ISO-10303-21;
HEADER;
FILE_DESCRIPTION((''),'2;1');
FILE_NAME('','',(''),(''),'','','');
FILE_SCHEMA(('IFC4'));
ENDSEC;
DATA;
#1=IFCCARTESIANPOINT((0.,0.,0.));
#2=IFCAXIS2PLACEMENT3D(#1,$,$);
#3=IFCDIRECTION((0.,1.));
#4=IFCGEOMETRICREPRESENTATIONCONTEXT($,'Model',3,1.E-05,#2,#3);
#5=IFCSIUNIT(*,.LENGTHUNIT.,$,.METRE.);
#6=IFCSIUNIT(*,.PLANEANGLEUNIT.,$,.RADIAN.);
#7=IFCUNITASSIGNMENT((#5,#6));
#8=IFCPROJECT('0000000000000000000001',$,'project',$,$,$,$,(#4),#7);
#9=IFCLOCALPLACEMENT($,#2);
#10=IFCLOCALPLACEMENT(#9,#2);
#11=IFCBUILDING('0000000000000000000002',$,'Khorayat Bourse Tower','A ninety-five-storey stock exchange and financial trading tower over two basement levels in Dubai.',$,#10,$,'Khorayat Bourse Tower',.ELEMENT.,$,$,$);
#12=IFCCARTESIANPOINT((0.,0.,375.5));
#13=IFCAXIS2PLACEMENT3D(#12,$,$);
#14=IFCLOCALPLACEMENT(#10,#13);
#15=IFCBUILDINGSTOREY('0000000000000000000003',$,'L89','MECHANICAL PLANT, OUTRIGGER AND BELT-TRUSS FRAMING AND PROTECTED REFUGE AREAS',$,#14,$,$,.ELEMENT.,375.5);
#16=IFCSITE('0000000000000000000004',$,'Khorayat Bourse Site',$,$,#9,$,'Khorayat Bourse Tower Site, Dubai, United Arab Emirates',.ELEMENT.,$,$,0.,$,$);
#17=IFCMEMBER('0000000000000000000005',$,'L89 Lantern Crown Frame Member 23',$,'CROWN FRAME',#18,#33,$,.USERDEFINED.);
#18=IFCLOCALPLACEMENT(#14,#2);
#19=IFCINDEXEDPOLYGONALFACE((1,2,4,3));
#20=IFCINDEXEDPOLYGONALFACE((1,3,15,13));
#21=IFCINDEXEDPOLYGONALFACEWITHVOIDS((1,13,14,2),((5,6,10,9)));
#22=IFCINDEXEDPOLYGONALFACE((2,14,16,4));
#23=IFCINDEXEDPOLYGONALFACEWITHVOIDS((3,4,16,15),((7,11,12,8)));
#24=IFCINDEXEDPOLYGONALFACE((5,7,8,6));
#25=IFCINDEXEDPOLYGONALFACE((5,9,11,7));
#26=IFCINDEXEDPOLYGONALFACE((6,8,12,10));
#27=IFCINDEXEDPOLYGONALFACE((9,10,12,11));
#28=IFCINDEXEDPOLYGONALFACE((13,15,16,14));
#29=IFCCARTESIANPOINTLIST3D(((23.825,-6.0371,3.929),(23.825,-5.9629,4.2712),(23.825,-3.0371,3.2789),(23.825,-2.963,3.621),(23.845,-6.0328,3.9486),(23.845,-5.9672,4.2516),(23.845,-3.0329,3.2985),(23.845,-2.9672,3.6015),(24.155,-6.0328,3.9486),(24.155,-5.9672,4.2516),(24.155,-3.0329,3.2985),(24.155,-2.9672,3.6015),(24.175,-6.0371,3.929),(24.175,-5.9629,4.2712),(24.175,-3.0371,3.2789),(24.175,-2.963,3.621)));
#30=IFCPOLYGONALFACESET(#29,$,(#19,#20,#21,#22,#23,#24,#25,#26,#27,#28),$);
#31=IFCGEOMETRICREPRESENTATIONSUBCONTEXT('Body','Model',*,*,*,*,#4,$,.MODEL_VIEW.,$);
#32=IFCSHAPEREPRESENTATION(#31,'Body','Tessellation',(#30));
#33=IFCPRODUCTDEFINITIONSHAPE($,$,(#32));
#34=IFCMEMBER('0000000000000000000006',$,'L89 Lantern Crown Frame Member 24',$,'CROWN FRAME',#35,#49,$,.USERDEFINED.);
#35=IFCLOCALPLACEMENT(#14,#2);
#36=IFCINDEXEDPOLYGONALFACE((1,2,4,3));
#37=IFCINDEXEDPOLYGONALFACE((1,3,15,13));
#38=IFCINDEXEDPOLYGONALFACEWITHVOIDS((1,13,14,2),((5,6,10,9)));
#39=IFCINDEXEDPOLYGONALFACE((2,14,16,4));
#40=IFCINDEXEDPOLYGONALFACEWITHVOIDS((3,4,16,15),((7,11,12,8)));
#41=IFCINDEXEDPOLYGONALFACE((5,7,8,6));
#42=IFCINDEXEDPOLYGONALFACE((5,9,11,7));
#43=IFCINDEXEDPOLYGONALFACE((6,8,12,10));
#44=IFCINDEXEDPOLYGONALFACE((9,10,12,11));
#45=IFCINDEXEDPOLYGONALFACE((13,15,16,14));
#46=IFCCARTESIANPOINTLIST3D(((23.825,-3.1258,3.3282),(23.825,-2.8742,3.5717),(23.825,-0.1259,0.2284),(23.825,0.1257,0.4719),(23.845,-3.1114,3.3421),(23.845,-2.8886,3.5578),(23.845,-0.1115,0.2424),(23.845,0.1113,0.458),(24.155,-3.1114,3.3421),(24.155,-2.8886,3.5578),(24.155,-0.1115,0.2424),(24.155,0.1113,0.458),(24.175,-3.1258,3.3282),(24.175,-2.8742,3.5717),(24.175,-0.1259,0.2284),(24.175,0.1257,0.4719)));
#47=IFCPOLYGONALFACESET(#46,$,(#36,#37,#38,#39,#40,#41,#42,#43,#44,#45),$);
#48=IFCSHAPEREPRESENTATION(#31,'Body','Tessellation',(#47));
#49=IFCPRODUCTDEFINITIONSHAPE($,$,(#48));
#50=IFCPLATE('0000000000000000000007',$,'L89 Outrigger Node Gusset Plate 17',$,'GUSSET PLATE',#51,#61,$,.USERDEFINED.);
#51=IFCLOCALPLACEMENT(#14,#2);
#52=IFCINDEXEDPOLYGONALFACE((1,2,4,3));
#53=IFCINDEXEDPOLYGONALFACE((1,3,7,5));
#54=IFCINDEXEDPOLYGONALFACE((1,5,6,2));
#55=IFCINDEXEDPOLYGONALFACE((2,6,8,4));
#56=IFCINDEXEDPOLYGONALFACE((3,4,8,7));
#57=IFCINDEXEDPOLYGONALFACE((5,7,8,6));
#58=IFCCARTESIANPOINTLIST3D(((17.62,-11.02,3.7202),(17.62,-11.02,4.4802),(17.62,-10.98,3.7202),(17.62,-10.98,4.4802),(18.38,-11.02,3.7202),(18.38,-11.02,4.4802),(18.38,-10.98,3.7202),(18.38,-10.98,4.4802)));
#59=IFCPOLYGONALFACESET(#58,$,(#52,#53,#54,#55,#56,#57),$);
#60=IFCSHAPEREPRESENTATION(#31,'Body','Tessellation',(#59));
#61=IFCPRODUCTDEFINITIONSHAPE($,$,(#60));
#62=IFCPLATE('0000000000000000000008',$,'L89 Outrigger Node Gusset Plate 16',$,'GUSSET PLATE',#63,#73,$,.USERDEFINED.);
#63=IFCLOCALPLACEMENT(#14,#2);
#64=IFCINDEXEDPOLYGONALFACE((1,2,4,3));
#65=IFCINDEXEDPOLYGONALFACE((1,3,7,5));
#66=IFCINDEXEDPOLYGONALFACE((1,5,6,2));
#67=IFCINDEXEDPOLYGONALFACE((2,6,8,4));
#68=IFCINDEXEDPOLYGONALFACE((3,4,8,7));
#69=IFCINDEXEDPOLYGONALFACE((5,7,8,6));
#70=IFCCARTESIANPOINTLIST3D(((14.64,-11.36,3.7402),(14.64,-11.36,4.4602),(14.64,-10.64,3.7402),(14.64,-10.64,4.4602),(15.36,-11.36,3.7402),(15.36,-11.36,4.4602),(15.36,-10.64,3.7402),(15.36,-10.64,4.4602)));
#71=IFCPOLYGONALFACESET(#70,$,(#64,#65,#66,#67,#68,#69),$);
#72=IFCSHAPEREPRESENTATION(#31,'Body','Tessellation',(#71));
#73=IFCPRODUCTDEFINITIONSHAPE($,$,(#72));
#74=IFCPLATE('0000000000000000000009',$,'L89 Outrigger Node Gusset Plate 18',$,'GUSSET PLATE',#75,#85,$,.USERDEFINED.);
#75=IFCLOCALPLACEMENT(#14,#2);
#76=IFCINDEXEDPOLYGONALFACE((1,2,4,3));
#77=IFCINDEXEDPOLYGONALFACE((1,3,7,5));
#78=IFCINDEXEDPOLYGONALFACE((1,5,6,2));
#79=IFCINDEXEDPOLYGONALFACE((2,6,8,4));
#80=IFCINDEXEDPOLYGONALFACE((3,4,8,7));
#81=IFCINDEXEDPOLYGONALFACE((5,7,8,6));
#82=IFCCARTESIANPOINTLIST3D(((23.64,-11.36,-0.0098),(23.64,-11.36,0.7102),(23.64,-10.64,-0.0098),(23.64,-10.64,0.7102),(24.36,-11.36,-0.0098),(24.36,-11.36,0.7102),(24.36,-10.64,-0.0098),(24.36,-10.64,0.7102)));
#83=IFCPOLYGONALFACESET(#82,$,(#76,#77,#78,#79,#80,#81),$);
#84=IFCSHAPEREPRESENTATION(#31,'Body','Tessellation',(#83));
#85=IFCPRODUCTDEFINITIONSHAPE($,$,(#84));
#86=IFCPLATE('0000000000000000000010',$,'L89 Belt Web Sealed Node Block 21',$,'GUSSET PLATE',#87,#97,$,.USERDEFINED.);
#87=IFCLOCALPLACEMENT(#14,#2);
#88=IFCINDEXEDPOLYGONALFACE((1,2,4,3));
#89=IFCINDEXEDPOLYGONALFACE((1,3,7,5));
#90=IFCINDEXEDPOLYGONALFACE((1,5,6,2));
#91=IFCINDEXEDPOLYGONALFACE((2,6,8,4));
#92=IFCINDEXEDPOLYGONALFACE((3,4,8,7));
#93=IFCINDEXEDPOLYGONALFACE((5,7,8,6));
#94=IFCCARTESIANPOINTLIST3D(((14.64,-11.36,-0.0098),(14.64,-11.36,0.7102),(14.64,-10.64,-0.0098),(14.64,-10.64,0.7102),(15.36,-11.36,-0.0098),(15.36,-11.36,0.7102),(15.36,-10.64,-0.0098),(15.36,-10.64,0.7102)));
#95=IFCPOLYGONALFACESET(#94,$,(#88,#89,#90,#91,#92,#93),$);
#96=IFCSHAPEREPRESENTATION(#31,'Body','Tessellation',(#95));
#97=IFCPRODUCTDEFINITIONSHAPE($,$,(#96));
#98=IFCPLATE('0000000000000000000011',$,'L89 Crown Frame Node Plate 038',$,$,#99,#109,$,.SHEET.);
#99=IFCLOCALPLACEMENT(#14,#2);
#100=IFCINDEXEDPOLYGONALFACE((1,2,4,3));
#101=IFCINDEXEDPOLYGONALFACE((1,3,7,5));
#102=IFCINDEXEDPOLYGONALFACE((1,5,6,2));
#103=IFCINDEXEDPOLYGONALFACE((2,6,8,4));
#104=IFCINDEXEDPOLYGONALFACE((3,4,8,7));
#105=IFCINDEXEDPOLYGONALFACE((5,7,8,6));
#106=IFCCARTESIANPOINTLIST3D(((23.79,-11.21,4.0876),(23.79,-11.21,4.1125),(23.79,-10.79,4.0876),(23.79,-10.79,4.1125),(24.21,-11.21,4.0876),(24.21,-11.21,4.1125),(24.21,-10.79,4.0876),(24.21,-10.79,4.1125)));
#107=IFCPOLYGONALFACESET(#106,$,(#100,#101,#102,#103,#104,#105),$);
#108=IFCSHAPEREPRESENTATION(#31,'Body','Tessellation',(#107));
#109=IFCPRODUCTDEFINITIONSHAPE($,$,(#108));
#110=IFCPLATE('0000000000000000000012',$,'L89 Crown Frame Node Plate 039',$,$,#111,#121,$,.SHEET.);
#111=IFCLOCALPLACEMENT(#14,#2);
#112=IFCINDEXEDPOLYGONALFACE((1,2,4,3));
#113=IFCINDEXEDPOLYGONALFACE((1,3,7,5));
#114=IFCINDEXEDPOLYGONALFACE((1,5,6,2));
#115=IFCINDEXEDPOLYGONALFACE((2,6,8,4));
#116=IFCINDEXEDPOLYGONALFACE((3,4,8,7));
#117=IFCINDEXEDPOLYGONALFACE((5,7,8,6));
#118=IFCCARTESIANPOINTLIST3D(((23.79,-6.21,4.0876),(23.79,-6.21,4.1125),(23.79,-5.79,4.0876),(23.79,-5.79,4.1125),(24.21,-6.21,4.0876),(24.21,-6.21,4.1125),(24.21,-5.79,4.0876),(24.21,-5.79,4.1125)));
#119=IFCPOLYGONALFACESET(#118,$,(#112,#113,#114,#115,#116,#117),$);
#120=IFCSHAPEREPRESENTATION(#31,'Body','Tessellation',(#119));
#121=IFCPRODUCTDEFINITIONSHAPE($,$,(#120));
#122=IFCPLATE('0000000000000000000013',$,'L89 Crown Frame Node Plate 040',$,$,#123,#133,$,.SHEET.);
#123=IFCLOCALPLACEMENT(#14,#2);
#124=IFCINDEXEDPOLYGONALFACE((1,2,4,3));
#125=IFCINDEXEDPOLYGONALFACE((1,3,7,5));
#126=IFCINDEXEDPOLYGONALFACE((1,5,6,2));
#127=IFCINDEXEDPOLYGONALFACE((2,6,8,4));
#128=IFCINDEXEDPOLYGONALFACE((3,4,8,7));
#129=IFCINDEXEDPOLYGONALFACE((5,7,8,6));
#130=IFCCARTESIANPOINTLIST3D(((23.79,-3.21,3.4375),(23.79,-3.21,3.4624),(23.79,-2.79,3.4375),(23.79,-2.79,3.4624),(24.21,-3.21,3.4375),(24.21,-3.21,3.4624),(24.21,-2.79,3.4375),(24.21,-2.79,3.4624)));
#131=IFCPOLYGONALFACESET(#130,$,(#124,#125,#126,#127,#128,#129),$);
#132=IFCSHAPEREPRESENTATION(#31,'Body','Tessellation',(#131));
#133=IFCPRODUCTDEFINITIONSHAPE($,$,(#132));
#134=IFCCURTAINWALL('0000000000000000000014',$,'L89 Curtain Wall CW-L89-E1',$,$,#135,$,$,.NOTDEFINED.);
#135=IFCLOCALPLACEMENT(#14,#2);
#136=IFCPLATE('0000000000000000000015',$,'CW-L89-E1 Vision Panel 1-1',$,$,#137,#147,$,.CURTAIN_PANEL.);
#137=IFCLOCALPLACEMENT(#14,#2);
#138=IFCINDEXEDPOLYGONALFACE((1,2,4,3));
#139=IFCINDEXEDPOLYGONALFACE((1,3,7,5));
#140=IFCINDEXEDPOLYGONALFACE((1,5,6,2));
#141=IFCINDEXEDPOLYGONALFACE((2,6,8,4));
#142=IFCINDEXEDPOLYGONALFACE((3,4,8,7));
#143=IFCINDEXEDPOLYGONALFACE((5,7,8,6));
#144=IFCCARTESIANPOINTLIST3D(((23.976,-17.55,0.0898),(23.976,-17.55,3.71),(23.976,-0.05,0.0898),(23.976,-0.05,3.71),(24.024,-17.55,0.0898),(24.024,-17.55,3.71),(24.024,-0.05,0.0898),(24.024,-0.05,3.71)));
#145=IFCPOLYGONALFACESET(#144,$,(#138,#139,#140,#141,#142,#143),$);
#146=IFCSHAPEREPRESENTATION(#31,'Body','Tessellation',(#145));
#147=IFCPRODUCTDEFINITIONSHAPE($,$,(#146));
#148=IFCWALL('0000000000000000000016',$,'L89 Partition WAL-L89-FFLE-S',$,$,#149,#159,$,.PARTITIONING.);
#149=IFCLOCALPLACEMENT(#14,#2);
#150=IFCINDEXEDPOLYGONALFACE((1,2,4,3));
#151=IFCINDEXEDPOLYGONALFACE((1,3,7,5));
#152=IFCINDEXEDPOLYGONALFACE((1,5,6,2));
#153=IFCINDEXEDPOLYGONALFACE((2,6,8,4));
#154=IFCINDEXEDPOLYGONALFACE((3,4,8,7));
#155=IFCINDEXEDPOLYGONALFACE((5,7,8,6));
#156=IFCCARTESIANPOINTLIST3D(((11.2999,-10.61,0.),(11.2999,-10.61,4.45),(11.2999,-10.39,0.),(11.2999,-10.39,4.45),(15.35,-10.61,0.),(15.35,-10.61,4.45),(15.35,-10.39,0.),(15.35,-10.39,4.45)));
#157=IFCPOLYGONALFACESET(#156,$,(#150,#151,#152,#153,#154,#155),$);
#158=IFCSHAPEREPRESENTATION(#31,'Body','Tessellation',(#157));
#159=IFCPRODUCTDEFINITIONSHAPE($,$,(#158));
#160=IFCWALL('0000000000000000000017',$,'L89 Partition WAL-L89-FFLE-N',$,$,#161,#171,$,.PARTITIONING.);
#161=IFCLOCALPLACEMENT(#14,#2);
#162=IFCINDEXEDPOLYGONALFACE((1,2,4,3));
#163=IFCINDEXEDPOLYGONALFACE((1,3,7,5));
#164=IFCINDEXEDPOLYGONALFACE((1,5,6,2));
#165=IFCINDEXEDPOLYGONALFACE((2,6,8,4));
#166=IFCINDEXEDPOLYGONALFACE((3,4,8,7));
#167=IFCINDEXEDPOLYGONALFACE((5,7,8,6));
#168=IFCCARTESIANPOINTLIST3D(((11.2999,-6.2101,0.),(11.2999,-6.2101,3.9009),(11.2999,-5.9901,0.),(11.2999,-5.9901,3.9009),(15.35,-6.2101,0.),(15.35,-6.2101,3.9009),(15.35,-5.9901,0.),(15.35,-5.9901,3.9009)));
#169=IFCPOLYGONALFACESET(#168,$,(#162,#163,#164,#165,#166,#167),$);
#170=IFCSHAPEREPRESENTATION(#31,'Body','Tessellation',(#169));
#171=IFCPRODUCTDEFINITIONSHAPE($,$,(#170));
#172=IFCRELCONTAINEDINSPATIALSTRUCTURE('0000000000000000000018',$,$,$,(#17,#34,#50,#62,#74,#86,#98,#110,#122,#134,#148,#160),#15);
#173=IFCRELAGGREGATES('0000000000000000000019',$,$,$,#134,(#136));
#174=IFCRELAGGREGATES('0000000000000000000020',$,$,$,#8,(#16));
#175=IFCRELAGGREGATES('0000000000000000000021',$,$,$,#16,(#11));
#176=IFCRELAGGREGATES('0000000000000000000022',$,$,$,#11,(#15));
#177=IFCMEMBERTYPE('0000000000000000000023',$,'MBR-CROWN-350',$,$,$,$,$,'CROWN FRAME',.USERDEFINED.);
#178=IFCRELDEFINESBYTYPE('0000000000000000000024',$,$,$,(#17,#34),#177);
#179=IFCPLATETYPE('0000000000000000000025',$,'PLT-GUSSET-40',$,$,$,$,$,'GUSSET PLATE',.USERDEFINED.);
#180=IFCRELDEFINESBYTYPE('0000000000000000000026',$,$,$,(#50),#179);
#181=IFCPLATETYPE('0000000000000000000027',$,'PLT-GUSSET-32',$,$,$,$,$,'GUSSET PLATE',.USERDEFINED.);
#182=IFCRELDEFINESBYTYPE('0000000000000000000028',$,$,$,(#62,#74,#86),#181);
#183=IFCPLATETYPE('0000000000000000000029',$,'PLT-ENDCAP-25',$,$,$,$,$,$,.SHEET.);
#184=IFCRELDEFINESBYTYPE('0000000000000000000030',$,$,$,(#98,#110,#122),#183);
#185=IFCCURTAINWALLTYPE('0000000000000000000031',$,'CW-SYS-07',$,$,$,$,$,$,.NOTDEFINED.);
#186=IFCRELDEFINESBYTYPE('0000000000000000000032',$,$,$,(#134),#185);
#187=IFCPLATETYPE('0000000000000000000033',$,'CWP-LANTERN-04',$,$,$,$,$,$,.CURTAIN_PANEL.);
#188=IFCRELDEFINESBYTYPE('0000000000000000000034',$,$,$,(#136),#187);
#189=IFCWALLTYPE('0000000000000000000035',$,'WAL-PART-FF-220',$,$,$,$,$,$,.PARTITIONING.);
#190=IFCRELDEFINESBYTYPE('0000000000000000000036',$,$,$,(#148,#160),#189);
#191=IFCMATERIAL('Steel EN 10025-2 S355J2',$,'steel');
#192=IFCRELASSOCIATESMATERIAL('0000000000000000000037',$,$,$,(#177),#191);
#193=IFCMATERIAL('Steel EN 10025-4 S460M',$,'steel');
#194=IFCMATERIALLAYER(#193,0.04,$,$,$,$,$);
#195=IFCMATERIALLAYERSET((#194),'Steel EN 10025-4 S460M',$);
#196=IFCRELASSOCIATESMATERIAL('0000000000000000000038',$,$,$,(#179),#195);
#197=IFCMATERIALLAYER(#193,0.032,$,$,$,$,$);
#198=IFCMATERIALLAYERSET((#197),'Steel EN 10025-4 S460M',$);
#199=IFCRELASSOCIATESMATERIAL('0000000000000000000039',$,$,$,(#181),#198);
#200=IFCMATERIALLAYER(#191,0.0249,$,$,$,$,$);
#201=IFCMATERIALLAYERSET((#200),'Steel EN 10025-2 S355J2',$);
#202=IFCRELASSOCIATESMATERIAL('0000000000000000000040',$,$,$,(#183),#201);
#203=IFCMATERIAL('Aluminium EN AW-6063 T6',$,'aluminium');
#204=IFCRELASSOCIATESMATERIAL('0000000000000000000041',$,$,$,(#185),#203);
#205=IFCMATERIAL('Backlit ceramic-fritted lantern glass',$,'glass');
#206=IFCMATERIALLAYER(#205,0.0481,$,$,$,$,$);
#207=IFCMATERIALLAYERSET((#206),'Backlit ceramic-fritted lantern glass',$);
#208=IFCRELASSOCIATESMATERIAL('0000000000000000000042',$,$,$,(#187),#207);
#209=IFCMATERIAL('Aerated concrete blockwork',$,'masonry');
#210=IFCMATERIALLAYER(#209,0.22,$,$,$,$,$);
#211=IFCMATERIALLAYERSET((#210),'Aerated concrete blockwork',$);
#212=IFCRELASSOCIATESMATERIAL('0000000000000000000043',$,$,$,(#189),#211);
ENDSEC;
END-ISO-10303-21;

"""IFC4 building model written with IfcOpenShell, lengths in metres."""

from ifc_helpers import new_model, si_unit, direction, frame, frame_2d, origin, origin_2d, place, context, subcontext, project, spatial, rectangle, hollow_rectangle, extrude, source, transform, mapped, material, layer, layer_set, material_profile, profile_set, type_object, element, aggregate, save


model = new_model("IFC4")

# Units and contexts
model_context = context("Model", 3, precision=1e-05, world=origin(), true_north=direction((0.0, 1.0)))
body_context = subcontext(model_context, "Body", "Model", "MODEL_VIEW")
ifc_project = project(units=[si_unit("LENGTHUNIT", "METRE"), si_unit("PLANEANGLEUNIT", "RADIAN")], contexts=[model_context])

# Site, building, storey
site_placement = place(None, origin())
site = spatial("IfcSite", under=ifc_project, at=site_placement, Name="Khorayat Bourse Site", LongName="Khorayat Bourse Tower Site, Dubai, United Arab Emirates", CompositionType="ELEMENT", RefElevation=0.0)
building_placement = place(site_placement, origin())
building = spatial("IfcBuilding", under=site, at=building_placement, Name="Khorayat Bourse Tower", Description="A ninety-five-storey stock exchange and financial trading tower over two basement levels in Dubai.", LongName="Khorayat Bourse Tower", CompositionType="ELEMENT")
storey_placement = place(building_placement, frame((0.0, 0.0, 375.5)))
storey = spatial("IfcBuildingStorey", under=building, at=storey_placement, Name="L89", Description="MECHANICAL PLANT, OUTRIGGER AND BELT-TRUSS FRAMING AND PROTECTED REFUGE AREAS", CompositionType="ELEMENT", Elevation=375.5)

# Shared definitions
ifc_material_1 = material(Name="Steel EN 10025-2 S355J2", Category="steel")

# Shared definitions
ifc_material_2 = material(Name="Steel EN 10025-4 S460M", Category="steel")

# Members
ifc_material_profile_1 = material_profile(ifc_material_1, hollow_rectangle(XDim=0.3501, YDim=0.3501, WallThickness=0.02, at=origin_2d()), Name="HSS 350x350x20")
ifc_profile_set_1 = profile_set([ifc_material_profile_1], Name="Steel EN 10025-2 S355J2")
member_type_1 = type_object("IfcMemberType", Name="MBR-CROWN-350", ElementType="CROWN FRAME", PredefinedType="USERDEFINED", material=ifc_profile_set_1)
shared_shape_1 = source(origin(), body_context, "Body", "SweptSolid", [
    extrude(hollow_rectangle(XDim=0.3501, YDim=0.3501, WallThickness=0.02, at=origin_2d()), origin(), (0.0, 0.0, 1.0), 3.0696),
])
member_1_placement = place(storey_placement, frame((24.0, -6.0, 4.1001), z_axis=(0.0, 0.977313, -0.211799), x_axis=(-1.0, 0.0, 0.0)))
element("IfcMember", 1, at=member_1_placement, inside=storey, type_object=member_type_1, Name="L89 Lantern Crown Frame Member 23", ObjectType="CROWN FRAME", PredefinedType="USERDEFINED", context=body_context, shape_type="MappedRepresentation", body=[
    mapped(shared_shape_1, transform((0.0, 0.0, 0.0), scale=1.0)),
])
shared_shape_2 = source(origin(), body_context, "Body", "SweptSolid", [
    extrude(hollow_rectangle(XDim=0.3501, YDim=0.3501, WallThickness=0.02, at=origin_2d()), origin(), (0.0, 0.0, 1.0), 4.3137),
])
member_2_placement = place(storey_placement, frame((24.0, -3.0, 3.45), z_axis=(0.0, 0.695438, -0.718586), x_axis=(-1.0, 0.0, 0.0)))
element("IfcMember", 2, at=member_2_placement, inside=storey, type_object=member_type_1, Name="L89 Lantern Crown Frame Member 24", ObjectType="CROWN FRAME", PredefinedType="USERDEFINED", context=body_context, shape_type="MappedRepresentation", body=[
    mapped(shared_shape_2, transform((0.0, 0.0, 0.0), scale=1.0)),
])

# Plates
ifc_layer_1 = layer(ifc_material_2, 0.04)
ifc_layer_set_1 = layer_set([ifc_layer_1], Name="Steel EN 10025-4 S460M")
plate_type_1 = type_object("IfcPlateType", Name="PLT-GUSSET-40", ElementType="GUSSET PLATE", PredefinedType="USERDEFINED", material=ifc_layer_set_1)
shared_shape_3 = source(origin(), body_context, "Body", "SweptSolid", [
    extrude(rectangle(XDim=0.76, YDim=0.04, at=origin_2d()), origin(), (0.0, 0.0, 1.0), 0.76),
])
plate_1_placement = place(storey_placement, frame((18.0, -11.0, 3.7202), z_axis=(0.0, 0.0, 1.0), x_axis=(1.0, 0.0, 0.0)))
element("IfcPlate", 3, at=plate_1_placement, inside=storey, type_object=plate_type_1, Name="L89 Outrigger Node Gusset Plate 17", ObjectType="GUSSET PLATE", PredefinedType="USERDEFINED", context=body_context, shape_type="MappedRepresentation", body=[
    mapped(shared_shape_3, transform((0.0, 0.0, 0.0), scale=1.0)),
])
ifc_layer_2 = layer(ifc_material_2, 0.032)
ifc_layer_set_2 = layer_set([ifc_layer_2], Name="Steel EN 10025-4 S460M")
plate_type_2 = type_object("IfcPlateType", Name="PLT-GUSSET-32", ElementType="GUSSET PLATE", PredefinedType="USERDEFINED", material=ifc_layer_set_2)
shared_shape_4 = source(origin(), body_context, "Body", "SweptSolid", [
    extrude(rectangle(XDim=0.72, YDim=0.72, at=origin_2d()), origin(), (0.0, 0.0, 1.0), 0.72),
])
for number, where, z_axis, x_axis, name in (
    (4, (15.0, -11.0, 3.7402), (0.0, 0.0, 1.0), (1.0, 0.0, 0.0), "L89 Outrigger Node Gusset Plate 16"),
    (5, (24.0, -11.0, -0.0098), (0.0, 0.0, 1.0), (1.0, 0.0, 0.0), "L89 Outrigger Node Gusset Plate 18"),
    (6, (15.0, -11.0, -0.0098), (0.0, 0.0, 1.0), (1.0, 0.0, 0.0), "L89 Belt Web Sealed Node Block 21"),
):
    element("IfcPlate", number, at=place(storey_placement, frame(where, z_axis=z_axis, x_axis=x_axis)), inside=storey, type_object=plate_type_2, Name=name, ObjectType="GUSSET PLATE", PredefinedType="USERDEFINED", context=body_context, shape_type="MappedRepresentation", body=[
        mapped(shared_shape_4, transform((0.0, 0.0, 0.0), scale=1.0)),
    ])
ifc_layer_3 = layer(ifc_material_1, 0.0249)
ifc_layer_set_3 = layer_set([ifc_layer_3], Name="Steel EN 10025-2 S355J2")
plate_type_3 = type_object("IfcPlateType", Name="PLT-ENDCAP-25", PredefinedType="SHEET", material=ifc_layer_set_3)
shared_shape_5 = source(origin(), body_context, "Body", "SweptSolid", [
    extrude(rectangle(XDim=0.4199, YDim=0.4199, at=origin_2d()), origin(), (0.0, 0.0, 1.0), 0.0249),
])
for number, where, z_axis, x_axis, name in (
    (7, (24.0, -11.0, 4.0876), (0.0, 0.0, 1.0), (1.0, 0.0, 0.0), "L89 Crown Frame Node Plate 038"),
    (8, (24.0, -6.0, 4.0876), (0.0, 0.0, 1.0), (1.0, 0.0, 0.0), "L89 Crown Frame Node Plate 039"),
    (9, (24.0, -3.0, 3.4375), (0.0, 0.0, 1.0), (1.0, 0.0, 0.0), "L89 Crown Frame Node Plate 040"),
):
    element("IfcPlate", number, at=place(storey_placement, frame(where, z_axis=z_axis, x_axis=x_axis)), inside=storey, type_object=plate_type_3, Name=name, PredefinedType="SHEET", context=body_context, shape_type="MappedRepresentation", body=[
        mapped(shared_shape_5, transform((0.0, 0.0, 0.0), scale=1.0)),
    ])

# Curtain wall, plate
ifc_material_3 = material(Name="Aluminium EN AW-6063 T6", Category="aluminium")
curtain_wall_type = type_object("IfcCurtainWallType", Name="CW-SYS-07", PredefinedType="NOTDEFINED", material=ifc_material_3)
curtain_wall_placement = place(storey_placement, origin())
curtain_wall = element("IfcCurtainWall", 10, at=curtain_wall_placement, inside=storey, type_object=curtain_wall_type, Name="L89 Curtain Wall CW-L89-E1", PredefinedType="NOTDEFINED")
ifc_material_4 = material(Name="Backlit ceramic-fritted lantern glass", Category="glass")
ifc_layer_4 = layer(ifc_material_4, 0.0481)
ifc_layer_set_4 = layer_set([ifc_layer_4], Name="Backlit ceramic-fritted lantern glass")
plate_type_4 = type_object("IfcPlateType", Name="CWP-LANTERN-04", PredefinedType="CURTAIN_PANEL", material=ifc_layer_set_4)
shared_shape_6 = source(origin(), body_context, "Body", "SweptSolid", [
    extrude(rectangle(XDim=17.5, YDim=0.0481, at=origin_2d()), origin(), (0.0, 0.0, 1.0), 3.6201),
])
plate_2_placement = place(storey_placement, frame((24.0, -8.8, 0.0898), z_axis=(0.0, 0.0, 1.0), x_axis=(0.0, 1.0, 0.0)))
plate_2 = element("IfcPlate", 11, at=plate_2_placement, type_object=plate_type_4, Name="CW-L89-E1 Vision Panel 1-1", PredefinedType="CURTAIN_PANEL", context=body_context, shape_type="MappedRepresentation", body=[
    mapped(shared_shape_6, transform((0.0, 0.0, 0.0), scale=1.0)),
])
aggregate(curtain_wall, [plate_2])

# Walls
ifc_material_5 = material(Name="Aerated concrete blockwork", Category="masonry")
ifc_layer_5 = layer(ifc_material_5, 0.22)
ifc_layer_set_5 = layer_set([ifc_layer_5], Name="Aerated concrete blockwork")
wall_type_1 = type_object("IfcWallType", Name="WAL-PART-FF-220", PredefinedType="PARTITIONING", material=ifc_layer_set_5)
shared_shape_7 = source(origin(), body_context, "Body", "SweptSolid", [
    extrude(rectangle(XDim=4.05, YDim=0.22, at=frame_2d((2.0249, 0.0))), origin(), (0.0, 0.0, 1.0), 4.45),
])
wall_1_placement = place(storey_placement, frame((11.3, -10.5, 0.0), z_axis=(0.0, 0.0, 1.0), x_axis=(1.0, 0.0, 0.0)))
element("IfcWall", 12, at=wall_1_placement, inside=storey, type_object=wall_type_1, Name="L89 Partition WAL-L89-FFLE-S", PredefinedType="PARTITIONING", context=body_context, shape_type="MappedRepresentation", body=[
    mapped(shared_shape_7, transform((0.0, 0.0, 0.0), scale=1.0)),
])
shared_shape_8 = source(origin(), body_context, "Body", "SweptSolid", [
    extrude(rectangle(XDim=4.05, YDim=0.22, at=frame_2d((2.0249, 0.0))), origin(), (0.0, 0.0, 1.0), 3.9009),
])
wall_2_placement = place(storey_placement, frame((11.3, -6.1001, 0.0), z_axis=(0.0, 0.0, 1.0), x_axis=(1.0, 0.0, 0.0)))
element("IfcWall", 13, at=wall_2_placement, inside=storey, type_object=wall_type_1, Name="L89 Partition WAL-L89-FFLE-N", PredefinedType="PARTITIONING", context=body_context, shape_type="MappedRepresentation", body=[
    mapped(shared_shape_8, transform((0.0, 0.0, 0.0), scale=1.0)),
])

save(model, "model.ifc")
